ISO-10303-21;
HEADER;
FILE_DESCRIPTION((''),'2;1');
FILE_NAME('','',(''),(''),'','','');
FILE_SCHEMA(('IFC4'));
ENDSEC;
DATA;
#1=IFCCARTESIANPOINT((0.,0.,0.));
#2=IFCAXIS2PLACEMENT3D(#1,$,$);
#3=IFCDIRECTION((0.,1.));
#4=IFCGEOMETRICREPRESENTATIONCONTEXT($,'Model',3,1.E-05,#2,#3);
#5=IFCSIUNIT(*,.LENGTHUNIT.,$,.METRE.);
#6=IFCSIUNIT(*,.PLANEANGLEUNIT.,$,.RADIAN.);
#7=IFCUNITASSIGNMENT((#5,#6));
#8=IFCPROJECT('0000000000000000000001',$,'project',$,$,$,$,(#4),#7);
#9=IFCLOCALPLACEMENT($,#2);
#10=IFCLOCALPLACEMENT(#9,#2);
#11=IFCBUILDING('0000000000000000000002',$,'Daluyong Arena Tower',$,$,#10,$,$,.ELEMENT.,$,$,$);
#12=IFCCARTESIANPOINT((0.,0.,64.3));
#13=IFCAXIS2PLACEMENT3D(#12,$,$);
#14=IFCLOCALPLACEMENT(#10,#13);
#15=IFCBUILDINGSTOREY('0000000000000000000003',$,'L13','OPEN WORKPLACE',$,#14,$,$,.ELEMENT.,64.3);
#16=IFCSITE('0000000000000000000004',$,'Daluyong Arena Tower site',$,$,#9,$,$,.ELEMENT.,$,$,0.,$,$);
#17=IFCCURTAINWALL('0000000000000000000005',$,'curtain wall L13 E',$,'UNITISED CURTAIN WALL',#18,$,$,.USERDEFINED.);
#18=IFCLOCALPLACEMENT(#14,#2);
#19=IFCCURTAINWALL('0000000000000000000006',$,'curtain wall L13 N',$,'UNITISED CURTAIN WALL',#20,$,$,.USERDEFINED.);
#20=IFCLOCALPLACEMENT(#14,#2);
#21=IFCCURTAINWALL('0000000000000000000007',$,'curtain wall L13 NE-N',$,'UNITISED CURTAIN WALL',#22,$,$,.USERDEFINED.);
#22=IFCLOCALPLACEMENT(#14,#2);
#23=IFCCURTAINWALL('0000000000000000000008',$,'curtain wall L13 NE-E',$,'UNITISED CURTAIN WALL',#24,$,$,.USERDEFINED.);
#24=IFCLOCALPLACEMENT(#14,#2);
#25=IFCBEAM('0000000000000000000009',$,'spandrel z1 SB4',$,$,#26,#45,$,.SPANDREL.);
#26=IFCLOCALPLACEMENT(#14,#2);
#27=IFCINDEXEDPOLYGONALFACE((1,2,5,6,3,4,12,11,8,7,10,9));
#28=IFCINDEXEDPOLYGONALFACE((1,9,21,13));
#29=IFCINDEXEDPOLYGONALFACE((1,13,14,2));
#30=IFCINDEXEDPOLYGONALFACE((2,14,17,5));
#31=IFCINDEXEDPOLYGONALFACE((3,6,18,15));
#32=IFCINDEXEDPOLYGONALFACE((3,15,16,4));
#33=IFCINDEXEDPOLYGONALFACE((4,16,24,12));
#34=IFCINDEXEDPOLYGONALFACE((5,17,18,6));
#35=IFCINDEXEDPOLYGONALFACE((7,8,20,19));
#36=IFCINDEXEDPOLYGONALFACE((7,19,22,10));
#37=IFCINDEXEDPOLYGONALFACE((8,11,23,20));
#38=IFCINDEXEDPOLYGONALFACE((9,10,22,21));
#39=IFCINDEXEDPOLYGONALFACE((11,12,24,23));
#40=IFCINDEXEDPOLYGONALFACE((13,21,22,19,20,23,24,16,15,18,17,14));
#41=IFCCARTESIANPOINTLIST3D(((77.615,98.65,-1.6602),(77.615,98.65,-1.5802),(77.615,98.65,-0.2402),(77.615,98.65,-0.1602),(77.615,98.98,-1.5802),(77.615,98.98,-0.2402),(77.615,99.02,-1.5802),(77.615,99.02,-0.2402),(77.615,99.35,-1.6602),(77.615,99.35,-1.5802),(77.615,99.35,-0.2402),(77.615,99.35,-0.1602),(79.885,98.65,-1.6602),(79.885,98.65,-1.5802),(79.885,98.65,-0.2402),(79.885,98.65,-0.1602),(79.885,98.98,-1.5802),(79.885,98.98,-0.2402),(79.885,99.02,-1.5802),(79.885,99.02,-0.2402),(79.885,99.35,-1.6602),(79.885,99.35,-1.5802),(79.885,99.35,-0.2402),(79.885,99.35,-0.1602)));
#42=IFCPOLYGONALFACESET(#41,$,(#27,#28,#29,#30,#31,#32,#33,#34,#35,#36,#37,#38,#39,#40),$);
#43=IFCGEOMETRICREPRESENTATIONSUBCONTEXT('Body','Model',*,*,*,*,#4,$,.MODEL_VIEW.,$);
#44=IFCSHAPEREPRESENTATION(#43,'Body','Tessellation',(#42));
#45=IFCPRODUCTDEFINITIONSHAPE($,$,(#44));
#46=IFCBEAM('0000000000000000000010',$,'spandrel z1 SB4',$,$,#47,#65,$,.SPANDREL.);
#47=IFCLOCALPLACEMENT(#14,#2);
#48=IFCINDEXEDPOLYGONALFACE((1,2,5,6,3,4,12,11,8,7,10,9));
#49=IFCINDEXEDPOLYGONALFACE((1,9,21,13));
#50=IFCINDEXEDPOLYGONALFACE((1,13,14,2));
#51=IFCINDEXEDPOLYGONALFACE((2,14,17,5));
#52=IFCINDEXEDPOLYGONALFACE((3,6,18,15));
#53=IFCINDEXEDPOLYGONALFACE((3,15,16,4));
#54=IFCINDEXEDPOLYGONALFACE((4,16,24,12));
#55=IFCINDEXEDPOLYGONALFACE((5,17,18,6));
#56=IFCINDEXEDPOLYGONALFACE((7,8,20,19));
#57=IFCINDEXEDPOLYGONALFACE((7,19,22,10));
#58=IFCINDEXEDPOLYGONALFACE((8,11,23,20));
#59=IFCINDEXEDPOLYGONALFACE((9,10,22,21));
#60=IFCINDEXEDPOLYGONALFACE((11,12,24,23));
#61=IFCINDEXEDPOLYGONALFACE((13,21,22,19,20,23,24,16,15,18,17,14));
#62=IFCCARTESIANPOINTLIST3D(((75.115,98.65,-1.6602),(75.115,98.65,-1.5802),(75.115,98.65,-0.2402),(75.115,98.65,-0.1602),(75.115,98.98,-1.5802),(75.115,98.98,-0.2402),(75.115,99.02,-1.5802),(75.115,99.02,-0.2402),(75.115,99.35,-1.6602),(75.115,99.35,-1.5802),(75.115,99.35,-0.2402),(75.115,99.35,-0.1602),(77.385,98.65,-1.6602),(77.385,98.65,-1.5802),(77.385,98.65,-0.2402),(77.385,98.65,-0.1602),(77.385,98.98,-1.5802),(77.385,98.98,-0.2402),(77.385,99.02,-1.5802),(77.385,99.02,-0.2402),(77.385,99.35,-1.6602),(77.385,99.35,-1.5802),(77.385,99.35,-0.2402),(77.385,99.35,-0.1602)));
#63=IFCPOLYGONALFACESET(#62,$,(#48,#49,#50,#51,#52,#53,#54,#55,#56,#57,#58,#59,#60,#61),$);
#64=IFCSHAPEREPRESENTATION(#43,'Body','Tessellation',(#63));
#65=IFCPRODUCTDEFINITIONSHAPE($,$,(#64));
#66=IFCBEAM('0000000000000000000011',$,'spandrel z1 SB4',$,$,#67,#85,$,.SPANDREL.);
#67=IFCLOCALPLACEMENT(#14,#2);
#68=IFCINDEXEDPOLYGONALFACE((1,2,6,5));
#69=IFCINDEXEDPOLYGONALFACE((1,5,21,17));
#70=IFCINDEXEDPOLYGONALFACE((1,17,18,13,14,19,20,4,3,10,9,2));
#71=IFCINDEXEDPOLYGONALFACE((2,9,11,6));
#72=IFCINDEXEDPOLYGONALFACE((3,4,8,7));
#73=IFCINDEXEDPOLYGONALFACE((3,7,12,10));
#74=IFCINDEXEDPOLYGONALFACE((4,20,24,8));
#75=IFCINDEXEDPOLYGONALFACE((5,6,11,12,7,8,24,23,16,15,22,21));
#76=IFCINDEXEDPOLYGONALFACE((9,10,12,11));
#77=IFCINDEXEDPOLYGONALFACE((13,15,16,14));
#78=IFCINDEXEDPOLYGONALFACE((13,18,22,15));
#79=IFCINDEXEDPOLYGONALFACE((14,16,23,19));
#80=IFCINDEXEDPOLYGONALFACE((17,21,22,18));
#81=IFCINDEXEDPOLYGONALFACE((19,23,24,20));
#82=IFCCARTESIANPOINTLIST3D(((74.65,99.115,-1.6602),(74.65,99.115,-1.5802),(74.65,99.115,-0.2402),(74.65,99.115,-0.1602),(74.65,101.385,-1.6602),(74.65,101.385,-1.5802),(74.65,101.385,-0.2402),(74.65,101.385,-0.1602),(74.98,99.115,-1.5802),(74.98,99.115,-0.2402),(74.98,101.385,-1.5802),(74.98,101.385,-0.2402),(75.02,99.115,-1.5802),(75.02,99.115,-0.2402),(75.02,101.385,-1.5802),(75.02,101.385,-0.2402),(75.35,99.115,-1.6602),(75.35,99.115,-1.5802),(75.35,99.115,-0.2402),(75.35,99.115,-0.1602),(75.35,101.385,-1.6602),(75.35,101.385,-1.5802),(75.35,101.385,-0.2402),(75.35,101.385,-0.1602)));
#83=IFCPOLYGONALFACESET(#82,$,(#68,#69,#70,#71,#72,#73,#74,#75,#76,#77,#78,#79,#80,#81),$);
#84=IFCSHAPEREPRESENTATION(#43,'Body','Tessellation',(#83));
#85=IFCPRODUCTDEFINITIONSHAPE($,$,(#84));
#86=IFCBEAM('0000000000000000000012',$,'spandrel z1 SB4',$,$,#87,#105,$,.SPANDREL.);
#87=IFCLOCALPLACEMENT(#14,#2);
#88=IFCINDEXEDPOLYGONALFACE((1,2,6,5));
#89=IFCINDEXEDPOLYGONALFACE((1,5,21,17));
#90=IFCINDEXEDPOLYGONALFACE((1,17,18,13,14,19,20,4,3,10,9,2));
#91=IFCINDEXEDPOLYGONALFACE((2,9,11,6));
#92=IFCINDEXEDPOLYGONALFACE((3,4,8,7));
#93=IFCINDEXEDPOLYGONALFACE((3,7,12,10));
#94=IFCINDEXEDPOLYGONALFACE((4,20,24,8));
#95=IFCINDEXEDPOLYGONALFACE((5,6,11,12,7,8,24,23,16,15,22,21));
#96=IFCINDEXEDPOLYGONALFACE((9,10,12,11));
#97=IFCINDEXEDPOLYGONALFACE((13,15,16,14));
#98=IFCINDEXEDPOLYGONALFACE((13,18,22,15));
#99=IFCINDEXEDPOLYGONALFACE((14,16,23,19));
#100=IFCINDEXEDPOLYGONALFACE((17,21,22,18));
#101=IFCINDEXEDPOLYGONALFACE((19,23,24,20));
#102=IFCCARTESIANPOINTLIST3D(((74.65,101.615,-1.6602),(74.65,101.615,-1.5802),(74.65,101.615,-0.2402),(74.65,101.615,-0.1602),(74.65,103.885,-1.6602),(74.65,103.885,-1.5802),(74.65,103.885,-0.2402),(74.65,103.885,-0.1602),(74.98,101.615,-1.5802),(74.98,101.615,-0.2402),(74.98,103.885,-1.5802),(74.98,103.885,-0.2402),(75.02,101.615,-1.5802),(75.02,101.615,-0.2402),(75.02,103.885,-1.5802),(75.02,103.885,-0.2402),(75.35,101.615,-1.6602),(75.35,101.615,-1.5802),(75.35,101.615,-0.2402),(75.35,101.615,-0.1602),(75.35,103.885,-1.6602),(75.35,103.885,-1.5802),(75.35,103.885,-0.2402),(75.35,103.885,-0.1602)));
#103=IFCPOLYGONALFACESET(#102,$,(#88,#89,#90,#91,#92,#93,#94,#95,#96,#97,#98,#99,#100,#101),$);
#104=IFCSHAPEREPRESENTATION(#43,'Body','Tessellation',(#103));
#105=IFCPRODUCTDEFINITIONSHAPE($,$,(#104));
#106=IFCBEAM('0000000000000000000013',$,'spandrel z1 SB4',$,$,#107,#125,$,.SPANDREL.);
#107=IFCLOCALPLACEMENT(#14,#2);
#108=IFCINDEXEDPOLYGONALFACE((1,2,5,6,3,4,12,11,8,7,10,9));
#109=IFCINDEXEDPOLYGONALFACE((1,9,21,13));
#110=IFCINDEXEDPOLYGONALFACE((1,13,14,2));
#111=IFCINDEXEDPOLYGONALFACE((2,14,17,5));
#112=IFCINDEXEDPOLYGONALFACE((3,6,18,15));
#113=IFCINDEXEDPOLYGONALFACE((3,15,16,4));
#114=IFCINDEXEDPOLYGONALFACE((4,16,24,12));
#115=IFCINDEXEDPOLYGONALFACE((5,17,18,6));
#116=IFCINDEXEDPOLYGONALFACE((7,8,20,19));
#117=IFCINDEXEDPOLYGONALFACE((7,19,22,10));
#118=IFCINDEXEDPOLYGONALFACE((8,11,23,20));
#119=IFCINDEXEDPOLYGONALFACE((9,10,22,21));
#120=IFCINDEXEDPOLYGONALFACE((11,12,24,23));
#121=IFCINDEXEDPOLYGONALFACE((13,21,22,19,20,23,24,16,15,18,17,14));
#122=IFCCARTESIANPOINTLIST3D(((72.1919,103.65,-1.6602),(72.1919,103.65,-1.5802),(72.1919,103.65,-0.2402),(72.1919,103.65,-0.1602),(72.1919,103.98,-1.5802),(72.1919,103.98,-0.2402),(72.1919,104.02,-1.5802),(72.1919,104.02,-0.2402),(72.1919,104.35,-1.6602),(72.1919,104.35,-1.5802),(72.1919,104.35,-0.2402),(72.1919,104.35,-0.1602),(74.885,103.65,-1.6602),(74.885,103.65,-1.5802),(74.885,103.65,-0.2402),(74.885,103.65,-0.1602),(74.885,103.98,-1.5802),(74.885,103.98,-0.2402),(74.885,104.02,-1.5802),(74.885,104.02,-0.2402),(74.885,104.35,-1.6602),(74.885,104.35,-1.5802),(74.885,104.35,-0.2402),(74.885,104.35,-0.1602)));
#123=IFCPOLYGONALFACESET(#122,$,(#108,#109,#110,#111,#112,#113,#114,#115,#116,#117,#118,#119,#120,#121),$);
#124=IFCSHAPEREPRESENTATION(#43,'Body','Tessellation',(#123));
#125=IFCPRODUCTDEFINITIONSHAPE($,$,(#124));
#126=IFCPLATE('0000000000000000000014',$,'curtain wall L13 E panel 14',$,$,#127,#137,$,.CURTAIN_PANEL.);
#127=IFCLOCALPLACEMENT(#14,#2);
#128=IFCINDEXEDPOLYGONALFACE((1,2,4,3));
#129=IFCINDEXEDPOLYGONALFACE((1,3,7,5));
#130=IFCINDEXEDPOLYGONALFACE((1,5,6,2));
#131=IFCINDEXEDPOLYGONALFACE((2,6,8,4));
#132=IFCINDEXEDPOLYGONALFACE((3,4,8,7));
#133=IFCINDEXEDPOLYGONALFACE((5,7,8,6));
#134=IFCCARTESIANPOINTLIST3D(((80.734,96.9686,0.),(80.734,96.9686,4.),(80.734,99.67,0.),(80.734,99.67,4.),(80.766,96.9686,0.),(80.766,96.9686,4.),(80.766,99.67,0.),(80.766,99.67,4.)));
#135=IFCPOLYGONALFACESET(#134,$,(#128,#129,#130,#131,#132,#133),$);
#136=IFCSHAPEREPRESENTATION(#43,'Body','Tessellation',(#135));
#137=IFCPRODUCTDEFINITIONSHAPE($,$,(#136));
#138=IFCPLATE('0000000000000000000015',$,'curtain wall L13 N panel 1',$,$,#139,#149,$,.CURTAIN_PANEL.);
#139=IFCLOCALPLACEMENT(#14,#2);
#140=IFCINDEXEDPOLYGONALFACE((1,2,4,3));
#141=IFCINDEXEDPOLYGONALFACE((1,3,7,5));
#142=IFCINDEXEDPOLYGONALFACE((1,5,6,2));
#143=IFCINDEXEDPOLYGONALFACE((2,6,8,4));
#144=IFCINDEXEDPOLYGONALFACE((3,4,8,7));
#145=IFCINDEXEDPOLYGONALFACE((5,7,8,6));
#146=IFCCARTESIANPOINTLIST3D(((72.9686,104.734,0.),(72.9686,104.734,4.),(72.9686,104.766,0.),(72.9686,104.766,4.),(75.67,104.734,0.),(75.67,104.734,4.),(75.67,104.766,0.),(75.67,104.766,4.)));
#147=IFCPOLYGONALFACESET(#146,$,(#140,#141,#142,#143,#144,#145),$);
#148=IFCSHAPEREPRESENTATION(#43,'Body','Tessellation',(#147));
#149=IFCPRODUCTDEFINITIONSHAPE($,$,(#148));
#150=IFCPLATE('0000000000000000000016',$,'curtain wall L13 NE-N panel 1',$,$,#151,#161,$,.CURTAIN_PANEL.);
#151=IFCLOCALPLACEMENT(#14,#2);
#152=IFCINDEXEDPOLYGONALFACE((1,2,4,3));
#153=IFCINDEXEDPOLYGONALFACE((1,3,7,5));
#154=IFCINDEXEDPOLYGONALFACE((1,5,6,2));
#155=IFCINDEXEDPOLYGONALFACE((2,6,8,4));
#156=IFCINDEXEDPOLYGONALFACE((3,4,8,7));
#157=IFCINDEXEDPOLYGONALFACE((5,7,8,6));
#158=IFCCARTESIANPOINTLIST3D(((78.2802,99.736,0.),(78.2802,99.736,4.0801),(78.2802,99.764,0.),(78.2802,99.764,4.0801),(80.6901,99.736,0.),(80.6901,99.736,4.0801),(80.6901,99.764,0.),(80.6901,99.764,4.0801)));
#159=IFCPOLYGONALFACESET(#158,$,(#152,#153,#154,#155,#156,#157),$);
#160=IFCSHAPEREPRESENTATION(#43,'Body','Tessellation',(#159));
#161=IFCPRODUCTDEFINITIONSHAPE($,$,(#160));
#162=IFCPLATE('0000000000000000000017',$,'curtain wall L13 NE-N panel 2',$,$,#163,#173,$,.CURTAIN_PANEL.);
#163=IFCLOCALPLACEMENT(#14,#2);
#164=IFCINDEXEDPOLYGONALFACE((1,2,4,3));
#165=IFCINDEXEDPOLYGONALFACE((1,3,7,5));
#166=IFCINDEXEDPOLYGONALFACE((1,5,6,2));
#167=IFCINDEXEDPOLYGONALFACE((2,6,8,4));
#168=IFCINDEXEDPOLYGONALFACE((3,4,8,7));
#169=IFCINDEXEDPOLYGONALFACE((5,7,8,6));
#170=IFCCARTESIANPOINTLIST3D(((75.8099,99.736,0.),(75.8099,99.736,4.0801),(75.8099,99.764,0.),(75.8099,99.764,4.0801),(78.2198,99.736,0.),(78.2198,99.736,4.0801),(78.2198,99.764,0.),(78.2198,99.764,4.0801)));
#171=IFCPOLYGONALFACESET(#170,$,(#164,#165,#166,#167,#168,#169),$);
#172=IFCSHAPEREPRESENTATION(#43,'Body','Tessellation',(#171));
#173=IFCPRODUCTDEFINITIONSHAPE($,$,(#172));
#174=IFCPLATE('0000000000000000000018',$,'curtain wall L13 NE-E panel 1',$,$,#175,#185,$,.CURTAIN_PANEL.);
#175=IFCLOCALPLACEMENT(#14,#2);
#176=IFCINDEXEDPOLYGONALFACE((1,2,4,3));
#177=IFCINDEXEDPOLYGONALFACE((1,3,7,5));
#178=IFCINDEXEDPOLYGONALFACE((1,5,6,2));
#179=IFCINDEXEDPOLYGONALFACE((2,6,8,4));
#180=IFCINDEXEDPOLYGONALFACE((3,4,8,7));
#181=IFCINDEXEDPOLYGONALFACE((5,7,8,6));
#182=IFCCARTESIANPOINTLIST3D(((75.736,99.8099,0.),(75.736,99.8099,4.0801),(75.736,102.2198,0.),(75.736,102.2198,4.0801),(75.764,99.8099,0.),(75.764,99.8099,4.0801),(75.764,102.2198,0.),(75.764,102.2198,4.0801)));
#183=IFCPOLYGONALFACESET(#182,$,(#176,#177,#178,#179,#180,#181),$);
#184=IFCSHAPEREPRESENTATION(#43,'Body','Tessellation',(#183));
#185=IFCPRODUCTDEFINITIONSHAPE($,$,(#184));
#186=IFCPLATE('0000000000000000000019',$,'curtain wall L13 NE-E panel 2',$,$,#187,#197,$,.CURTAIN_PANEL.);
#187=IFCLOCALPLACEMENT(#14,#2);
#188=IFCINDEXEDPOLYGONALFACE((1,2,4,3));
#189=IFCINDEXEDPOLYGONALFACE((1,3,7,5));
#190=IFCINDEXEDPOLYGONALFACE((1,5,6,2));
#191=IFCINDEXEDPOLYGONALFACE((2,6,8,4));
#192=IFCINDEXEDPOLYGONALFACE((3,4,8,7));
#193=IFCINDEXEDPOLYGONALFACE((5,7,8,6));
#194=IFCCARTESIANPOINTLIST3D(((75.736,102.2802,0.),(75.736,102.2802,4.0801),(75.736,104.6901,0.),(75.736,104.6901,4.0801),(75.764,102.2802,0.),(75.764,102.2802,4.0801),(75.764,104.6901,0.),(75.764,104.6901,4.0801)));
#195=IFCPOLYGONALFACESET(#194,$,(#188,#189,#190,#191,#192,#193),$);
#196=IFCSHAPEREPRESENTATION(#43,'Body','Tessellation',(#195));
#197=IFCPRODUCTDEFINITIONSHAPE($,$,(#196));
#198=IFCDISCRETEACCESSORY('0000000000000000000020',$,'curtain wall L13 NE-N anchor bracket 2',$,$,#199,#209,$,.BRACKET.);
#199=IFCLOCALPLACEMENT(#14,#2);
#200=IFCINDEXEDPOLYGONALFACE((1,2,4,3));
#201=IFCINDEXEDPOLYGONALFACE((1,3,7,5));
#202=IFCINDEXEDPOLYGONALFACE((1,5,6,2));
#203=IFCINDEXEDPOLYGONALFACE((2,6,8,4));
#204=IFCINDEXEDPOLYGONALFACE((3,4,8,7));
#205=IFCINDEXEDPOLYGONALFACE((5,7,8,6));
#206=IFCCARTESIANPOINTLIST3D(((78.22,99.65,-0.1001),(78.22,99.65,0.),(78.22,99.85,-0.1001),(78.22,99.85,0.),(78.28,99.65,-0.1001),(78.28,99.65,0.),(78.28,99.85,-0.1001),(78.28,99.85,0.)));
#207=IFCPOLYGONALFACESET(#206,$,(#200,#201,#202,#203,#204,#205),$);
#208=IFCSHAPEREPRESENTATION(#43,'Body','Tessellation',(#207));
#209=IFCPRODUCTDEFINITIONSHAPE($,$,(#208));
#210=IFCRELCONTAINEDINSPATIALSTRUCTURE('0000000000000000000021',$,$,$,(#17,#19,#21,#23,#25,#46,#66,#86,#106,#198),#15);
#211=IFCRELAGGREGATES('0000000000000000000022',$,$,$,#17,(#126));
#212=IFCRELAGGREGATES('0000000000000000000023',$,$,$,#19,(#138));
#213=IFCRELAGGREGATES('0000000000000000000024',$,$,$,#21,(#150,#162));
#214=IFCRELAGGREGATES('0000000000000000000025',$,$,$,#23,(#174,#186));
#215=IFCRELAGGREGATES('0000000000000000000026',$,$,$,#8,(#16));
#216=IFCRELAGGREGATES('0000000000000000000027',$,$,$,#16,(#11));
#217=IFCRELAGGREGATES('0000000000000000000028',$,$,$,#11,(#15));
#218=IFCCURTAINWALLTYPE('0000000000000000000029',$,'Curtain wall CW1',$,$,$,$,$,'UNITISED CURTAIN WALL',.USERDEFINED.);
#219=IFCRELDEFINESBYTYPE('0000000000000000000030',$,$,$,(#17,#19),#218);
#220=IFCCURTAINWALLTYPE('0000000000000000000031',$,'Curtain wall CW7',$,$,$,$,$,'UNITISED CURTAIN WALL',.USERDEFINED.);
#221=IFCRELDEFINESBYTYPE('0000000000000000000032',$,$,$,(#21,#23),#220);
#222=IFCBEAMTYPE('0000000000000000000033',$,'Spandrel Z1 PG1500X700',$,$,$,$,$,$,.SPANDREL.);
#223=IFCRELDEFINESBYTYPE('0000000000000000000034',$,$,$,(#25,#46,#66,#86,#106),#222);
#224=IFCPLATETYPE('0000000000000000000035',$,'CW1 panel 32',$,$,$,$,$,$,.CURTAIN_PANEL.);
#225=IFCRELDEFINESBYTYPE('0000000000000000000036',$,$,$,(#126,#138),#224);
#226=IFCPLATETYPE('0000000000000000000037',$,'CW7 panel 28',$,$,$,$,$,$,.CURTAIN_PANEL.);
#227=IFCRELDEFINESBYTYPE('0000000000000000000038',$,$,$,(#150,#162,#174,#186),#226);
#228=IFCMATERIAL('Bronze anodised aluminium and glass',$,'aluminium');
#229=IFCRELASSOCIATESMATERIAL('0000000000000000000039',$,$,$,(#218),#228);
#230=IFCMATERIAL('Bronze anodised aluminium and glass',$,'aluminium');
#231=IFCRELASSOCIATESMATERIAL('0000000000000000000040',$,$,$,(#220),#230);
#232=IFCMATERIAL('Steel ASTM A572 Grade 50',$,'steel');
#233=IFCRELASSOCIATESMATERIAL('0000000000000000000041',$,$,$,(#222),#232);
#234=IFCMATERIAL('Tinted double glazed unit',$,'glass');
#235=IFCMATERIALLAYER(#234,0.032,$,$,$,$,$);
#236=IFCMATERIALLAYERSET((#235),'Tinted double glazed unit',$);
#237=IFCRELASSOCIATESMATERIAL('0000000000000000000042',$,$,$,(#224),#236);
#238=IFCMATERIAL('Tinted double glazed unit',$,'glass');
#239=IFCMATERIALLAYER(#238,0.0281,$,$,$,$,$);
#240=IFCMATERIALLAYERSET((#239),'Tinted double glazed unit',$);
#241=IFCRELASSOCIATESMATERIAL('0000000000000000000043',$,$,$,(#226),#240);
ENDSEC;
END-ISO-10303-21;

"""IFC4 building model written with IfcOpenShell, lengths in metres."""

from ifc_helpers import new_model, si_unit, direction, frame, origin, origin_2d, place, context, subcontext, project, spatial, rectangle, i_section, extrude, material, layer, layer_set, material_profile, profile_set, type_object, element, aggregate, save


model = new_model("IFC4")

# Units and contexts
model_context = context("Model", 3, precision=1e-05, world=origin(), true_north=direction((0.0, 1.0)))
body_context = subcontext(model_context, "Body", "Model", "MODEL_VIEW")
ifc_project = project(units=[si_unit("LENGTHUNIT", "METRE"), si_unit("PLANEANGLEUNIT", "RADIAN")], contexts=[model_context])

# Site, building, storey
site_placement = place(None, origin())
site = spatial("IfcSite", under=ifc_project, at=site_placement, Name="Daluyong Arena Tower site", CompositionType="ELEMENT", RefElevation=0.0)
building_placement = place(site_placement, origin())
building = spatial("IfcBuilding", under=site, at=building_placement, Name="Daluyong Arena Tower", CompositionType="ELEMENT")
storey_placement = place(building_placement, frame((0.0, 0.0, 64.3)))
storey = spatial("IfcBuildingStorey", under=building, at=storey_placement, Name="L13", Description="OPEN WORKPLACE", CompositionType="ELEMENT", Elevation=64.3)

# Curtain walls
ifc_material_1 = material(Name="Bronze anodised aluminium and glass", Category="aluminium")
curtain_wall_type_1 = type_object("IfcCurtainWallType", Name="Curtain wall CW1", ElementType="UNITISED CURTAIN WALL", PredefinedType="USERDEFINED", material=ifc_material_1)
curtain_wall_1_placement = place(storey_placement, origin())
curtain_wall_1 = element("IfcCurtainWall", 1, at=curtain_wall_1_placement, inside=storey, type_object=curtain_wall_type_1, Name="curtain wall L13 E", ObjectType="UNITISED CURTAIN WALL", PredefinedType="USERDEFINED")
curtain_wall_2_placement = place(storey_placement, origin())
curtain_wall_2 = element("IfcCurtainWall", 2, at=curtain_wall_2_placement, inside=storey, type_object=curtain_wall_type_1, Name="curtain wall L13 N", ObjectType="UNITISED CURTAIN WALL", PredefinedType="USERDEFINED")

# Curtain walls
ifc_material_2 = material(Name="Bronze anodised aluminium and glass", Category="aluminium")
curtain_wall_type_2 = type_object("IfcCurtainWallType", Name="Curtain wall CW7", ElementType="UNITISED CURTAIN WALL", PredefinedType="USERDEFINED", material=ifc_material_2)
curtain_wall_3_placement = place(storey_placement, origin())
curtain_wall_3 = element("IfcCurtainWall", 3, at=curtain_wall_3_placement, inside=storey, type_object=curtain_wall_type_2, Name="curtain wall L13 NE-N", ObjectType="UNITISED CURTAIN WALL", PredefinedType="USERDEFINED")
curtain_wall_4_placement = place(storey_placement, origin())
curtain_wall_4 = element("IfcCurtainWall", 4, at=curtain_wall_4_placement, inside=storey, type_object=curtain_wall_type_2, Name="curtain wall L13 NE-E", ObjectType="UNITISED CURTAIN WALL", PredefinedType="USERDEFINED")

# Beams
ifc_material_3 = material(Name="Steel ASTM A572 Grade 50", Category="steel")
ifc_material_profile_1 = material_profile(ifc_material_3, i_section(OverallWidth=0.7, OverallDepth=1.5, WebThickness=0.04, FlangeThickness=0.08, at=origin_2d()))
ifc_profile_set_1 = profile_set([ifc_material_profile_1], Name="Steel ASTM A572 Grade 50")
beam_type_1 = type_object("IfcBeamType", Name="Spandrel Z1 PG1500X700", PredefinedType="SPANDREL", material=ifc_profile_set_1)
for number, where, z_axis, x_axis, name in (
    (5, (79.885, 99.0, -0.9102), (-1.0, 0.0, 0.0), (0.0, -1.0, 0.0), "spandrel z1 SB4"),
    (6, (77.385, 99.0, -0.9102), (-1.0, 0.0, 0.0), (0.0, -1.0, 0.0), "spandrel z1 SB4"),
    (7, (75.0, 99.115, -0.9102), (0.0, 1.0, 0.0), (-1.0, 0.0, 0.0), "spandrel z1 SB4"),
    (8, (75.0, 101.615, -0.9102), (0.0, 1.0, 0.0), (-1.0, 0.0, 0.0), "spandrel z1 SB4"),
):
    element("IfcBeam", number, at=place(storey_placement, frame(where, z_axis=z_axis, x_axis=x_axis)), inside=storey, type_object=beam_type_1, Name=name, PredefinedType="SPANDREL", context=body_context, shape_type="SweptSolid", body=[
        extrude(i_section(OverallWidth=0.7, OverallDepth=1.5, WebThickness=0.04, FlangeThickness=0.08, at=origin_2d()), origin(), (0.0, 0.0, 1.0), 2.27),
    ])
beam_1_placement = place(storey_placement, frame((74.885, 104.0, -0.9102), z_axis=(-1.0, 0.0, 0.0), x_axis=(0.0, -1.0, 0.0)))
element("IfcBeam", 9, at=beam_1_placement, inside=storey, type_object=beam_type_1, Name="spandrel z1 SB4", PredefinedType="SPANDREL", context=body_context, shape_type="SweptSolid", body=[
    extrude(i_section(OverallWidth=0.7, OverallDepth=1.5, WebThickness=0.04, FlangeThickness=0.08, at=origin_2d()), origin(), (0.0, 0.0, 1.0), 2.6931),
])

# Plates
ifc_material_4 = material(Name="Tinted double glazed unit", Category="glass")
ifc_layer_1 = layer(ifc_material_4, 0.032)
ifc_layer_set_1 = layer_set([ifc_layer_1], Name="Tinted double glazed unit")
plate_type_1 = type_object("IfcPlateType", Name="CW1 panel 32", PredefinedType="CURTAIN_PANEL", material=ifc_layer_set_1)
plate_1_placement = place(storey_placement, frame((80.75, 98.3193, 0.0), z_axis=(0.0, 0.0, 1.0), x_axis=(0.0, 1.0, 0.0)))
plate_1 = element("IfcPlate", 10, at=plate_1_placement, type_object=plate_type_1, Name="curtain wall L13 E panel 14", PredefinedType="CURTAIN_PANEL", context=body_context, shape_type="SweptSolid", body=[
    extrude(rectangle(XDim=2.7014, YDim=0.032, at=origin_2d()), origin(), (0.0, 0.0, 1.0), 4.0),
])
aggregate(curtain_wall_1, [plate_1])
plate_2_placement = place(storey_placement, frame((74.3193, 104.75, 0.0), z_axis=(0.0, 0.0, 1.0), x_axis=(-1.0, 0.0, 0.0)))
plate_2 = element("IfcPlate", 11, at=plate_2_placement, type_object=plate_type_1, Name="curtain wall L13 N panel 1", PredefinedType="CURTAIN_PANEL", context=body_context, shape_type="SweptSolid", body=[
    extrude(rectangle(XDim=2.7014, YDim=0.032, at=origin_2d()), origin(), (0.0, 0.0, 1.0), 4.0),
])
aggregate(curtain_wall_2, [plate_2])
ifc_material_5 = material(Name="Tinted double glazed unit", Category="glass")
ifc_layer_2 = layer(ifc_material_5, 0.0281)
ifc_layer_set_2 = layer_set([ifc_layer_2], Name="Tinted double glazed unit")
plate_type_2 = type_object("IfcPlateType", Name="CW7 panel 28", PredefinedType="CURTAIN_PANEL", material=ifc_layer_set_2)
plate_3_placement = place(storey_placement, frame((79.4851, 99.75, 0.0), z_axis=(0.0, 0.0, 1.0), x_axis=(-1.0, 0.0, 0.0)))
plate_3 = element("IfcPlate", 12, at=plate_3_placement, type_object=plate_type_2, Name="curtain wall L13 NE-N panel 1", PredefinedType="CURTAIN_PANEL", context=body_context, shape_type="SweptSolid", body=[
    extrude(rectangle(XDim=2.4099, YDim=0.0281, at=origin_2d()), origin(), (0.0, 0.0, 1.0), 4.0801),
])
plate_4_placement = place(storey_placement, frame((77.0149, 99.75, 0.0), z_axis=(0.0, 0.0, 1.0), x_axis=(-1.0, 0.0, 0.0)))
plate_4 = element("IfcPlate", 13, at=plate_4_placement, type_object=plate_type_2, Name="curtain wall L13 NE-N panel 2", PredefinedType="CURTAIN_PANEL", context=body_context, shape_type="SweptSolid", body=[
    extrude(rectangle(XDim=2.4099, YDim=0.0281, at=origin_2d()), origin(), (0.0, 0.0, 1.0), 4.0801),
])
aggregate(curtain_wall_3, [plate_3, plate_4])
plate_5_placement = place(storey_placement, frame((75.75, 101.0149, 0.0), z_axis=(0.0, 0.0, 1.0), x_axis=(0.0, 1.0, 0.0)))
plate_5 = element("IfcPlate", 14, at=plate_5_placement, type_object=plate_type_2, Name="curtain wall L13 NE-E panel 1", PredefinedType="CURTAIN_PANEL", context=body_context, shape_type="SweptSolid", body=[
    extrude(rectangle(XDim=2.4099, YDim=0.0281, at=origin_2d()), origin(), (0.0, 0.0, 1.0), 4.0801),
])
plate_6_placement = place(storey_placement, frame((75.75, 103.4851, 0.0), z_axis=(0.0, 0.0, 1.0), x_axis=(0.0, 1.0, 0.0)))
plate_6 = element("IfcPlate", 15, at=plate_6_placement, type_object=plate_type_2, Name="curtain wall L13 NE-E panel 2", PredefinedType="CURTAIN_PANEL", context=body_context, shape_type="SweptSolid", body=[
    extrude(rectangle(XDim=2.4099, YDim=0.0281, at=origin_2d()), origin(), (0.0, 0.0, 1.0), 4.0801),
])
aggregate(curtain_wall_4, [plate_5, plate_6])

# Discrete accessory
for number, where, z_axis, x_axis, name in (
    (16, (78.25, 99.75, -0.1001), (0.0, 0.0, 1.0), (-1.0, 0.0, 0.0), "curtain wall L13 NE-N anchor bracket 2"),
):
    element("IfcDiscreteAccessory", number, at=place(storey_placement, frame(where, z_axis=z_axis, x_axis=x_axis)), inside=storey, Name=name, PredefinedType="BRACKET", context=body_context, shape_type="SweptSolid", body=[
        extrude(rectangle(XDim=0.0601, YDim=0.2, at=origin_2d()), origin(), (0.0, 0.0, 1.0), 0.1001),
    ])

save(model, "model.ifc")
